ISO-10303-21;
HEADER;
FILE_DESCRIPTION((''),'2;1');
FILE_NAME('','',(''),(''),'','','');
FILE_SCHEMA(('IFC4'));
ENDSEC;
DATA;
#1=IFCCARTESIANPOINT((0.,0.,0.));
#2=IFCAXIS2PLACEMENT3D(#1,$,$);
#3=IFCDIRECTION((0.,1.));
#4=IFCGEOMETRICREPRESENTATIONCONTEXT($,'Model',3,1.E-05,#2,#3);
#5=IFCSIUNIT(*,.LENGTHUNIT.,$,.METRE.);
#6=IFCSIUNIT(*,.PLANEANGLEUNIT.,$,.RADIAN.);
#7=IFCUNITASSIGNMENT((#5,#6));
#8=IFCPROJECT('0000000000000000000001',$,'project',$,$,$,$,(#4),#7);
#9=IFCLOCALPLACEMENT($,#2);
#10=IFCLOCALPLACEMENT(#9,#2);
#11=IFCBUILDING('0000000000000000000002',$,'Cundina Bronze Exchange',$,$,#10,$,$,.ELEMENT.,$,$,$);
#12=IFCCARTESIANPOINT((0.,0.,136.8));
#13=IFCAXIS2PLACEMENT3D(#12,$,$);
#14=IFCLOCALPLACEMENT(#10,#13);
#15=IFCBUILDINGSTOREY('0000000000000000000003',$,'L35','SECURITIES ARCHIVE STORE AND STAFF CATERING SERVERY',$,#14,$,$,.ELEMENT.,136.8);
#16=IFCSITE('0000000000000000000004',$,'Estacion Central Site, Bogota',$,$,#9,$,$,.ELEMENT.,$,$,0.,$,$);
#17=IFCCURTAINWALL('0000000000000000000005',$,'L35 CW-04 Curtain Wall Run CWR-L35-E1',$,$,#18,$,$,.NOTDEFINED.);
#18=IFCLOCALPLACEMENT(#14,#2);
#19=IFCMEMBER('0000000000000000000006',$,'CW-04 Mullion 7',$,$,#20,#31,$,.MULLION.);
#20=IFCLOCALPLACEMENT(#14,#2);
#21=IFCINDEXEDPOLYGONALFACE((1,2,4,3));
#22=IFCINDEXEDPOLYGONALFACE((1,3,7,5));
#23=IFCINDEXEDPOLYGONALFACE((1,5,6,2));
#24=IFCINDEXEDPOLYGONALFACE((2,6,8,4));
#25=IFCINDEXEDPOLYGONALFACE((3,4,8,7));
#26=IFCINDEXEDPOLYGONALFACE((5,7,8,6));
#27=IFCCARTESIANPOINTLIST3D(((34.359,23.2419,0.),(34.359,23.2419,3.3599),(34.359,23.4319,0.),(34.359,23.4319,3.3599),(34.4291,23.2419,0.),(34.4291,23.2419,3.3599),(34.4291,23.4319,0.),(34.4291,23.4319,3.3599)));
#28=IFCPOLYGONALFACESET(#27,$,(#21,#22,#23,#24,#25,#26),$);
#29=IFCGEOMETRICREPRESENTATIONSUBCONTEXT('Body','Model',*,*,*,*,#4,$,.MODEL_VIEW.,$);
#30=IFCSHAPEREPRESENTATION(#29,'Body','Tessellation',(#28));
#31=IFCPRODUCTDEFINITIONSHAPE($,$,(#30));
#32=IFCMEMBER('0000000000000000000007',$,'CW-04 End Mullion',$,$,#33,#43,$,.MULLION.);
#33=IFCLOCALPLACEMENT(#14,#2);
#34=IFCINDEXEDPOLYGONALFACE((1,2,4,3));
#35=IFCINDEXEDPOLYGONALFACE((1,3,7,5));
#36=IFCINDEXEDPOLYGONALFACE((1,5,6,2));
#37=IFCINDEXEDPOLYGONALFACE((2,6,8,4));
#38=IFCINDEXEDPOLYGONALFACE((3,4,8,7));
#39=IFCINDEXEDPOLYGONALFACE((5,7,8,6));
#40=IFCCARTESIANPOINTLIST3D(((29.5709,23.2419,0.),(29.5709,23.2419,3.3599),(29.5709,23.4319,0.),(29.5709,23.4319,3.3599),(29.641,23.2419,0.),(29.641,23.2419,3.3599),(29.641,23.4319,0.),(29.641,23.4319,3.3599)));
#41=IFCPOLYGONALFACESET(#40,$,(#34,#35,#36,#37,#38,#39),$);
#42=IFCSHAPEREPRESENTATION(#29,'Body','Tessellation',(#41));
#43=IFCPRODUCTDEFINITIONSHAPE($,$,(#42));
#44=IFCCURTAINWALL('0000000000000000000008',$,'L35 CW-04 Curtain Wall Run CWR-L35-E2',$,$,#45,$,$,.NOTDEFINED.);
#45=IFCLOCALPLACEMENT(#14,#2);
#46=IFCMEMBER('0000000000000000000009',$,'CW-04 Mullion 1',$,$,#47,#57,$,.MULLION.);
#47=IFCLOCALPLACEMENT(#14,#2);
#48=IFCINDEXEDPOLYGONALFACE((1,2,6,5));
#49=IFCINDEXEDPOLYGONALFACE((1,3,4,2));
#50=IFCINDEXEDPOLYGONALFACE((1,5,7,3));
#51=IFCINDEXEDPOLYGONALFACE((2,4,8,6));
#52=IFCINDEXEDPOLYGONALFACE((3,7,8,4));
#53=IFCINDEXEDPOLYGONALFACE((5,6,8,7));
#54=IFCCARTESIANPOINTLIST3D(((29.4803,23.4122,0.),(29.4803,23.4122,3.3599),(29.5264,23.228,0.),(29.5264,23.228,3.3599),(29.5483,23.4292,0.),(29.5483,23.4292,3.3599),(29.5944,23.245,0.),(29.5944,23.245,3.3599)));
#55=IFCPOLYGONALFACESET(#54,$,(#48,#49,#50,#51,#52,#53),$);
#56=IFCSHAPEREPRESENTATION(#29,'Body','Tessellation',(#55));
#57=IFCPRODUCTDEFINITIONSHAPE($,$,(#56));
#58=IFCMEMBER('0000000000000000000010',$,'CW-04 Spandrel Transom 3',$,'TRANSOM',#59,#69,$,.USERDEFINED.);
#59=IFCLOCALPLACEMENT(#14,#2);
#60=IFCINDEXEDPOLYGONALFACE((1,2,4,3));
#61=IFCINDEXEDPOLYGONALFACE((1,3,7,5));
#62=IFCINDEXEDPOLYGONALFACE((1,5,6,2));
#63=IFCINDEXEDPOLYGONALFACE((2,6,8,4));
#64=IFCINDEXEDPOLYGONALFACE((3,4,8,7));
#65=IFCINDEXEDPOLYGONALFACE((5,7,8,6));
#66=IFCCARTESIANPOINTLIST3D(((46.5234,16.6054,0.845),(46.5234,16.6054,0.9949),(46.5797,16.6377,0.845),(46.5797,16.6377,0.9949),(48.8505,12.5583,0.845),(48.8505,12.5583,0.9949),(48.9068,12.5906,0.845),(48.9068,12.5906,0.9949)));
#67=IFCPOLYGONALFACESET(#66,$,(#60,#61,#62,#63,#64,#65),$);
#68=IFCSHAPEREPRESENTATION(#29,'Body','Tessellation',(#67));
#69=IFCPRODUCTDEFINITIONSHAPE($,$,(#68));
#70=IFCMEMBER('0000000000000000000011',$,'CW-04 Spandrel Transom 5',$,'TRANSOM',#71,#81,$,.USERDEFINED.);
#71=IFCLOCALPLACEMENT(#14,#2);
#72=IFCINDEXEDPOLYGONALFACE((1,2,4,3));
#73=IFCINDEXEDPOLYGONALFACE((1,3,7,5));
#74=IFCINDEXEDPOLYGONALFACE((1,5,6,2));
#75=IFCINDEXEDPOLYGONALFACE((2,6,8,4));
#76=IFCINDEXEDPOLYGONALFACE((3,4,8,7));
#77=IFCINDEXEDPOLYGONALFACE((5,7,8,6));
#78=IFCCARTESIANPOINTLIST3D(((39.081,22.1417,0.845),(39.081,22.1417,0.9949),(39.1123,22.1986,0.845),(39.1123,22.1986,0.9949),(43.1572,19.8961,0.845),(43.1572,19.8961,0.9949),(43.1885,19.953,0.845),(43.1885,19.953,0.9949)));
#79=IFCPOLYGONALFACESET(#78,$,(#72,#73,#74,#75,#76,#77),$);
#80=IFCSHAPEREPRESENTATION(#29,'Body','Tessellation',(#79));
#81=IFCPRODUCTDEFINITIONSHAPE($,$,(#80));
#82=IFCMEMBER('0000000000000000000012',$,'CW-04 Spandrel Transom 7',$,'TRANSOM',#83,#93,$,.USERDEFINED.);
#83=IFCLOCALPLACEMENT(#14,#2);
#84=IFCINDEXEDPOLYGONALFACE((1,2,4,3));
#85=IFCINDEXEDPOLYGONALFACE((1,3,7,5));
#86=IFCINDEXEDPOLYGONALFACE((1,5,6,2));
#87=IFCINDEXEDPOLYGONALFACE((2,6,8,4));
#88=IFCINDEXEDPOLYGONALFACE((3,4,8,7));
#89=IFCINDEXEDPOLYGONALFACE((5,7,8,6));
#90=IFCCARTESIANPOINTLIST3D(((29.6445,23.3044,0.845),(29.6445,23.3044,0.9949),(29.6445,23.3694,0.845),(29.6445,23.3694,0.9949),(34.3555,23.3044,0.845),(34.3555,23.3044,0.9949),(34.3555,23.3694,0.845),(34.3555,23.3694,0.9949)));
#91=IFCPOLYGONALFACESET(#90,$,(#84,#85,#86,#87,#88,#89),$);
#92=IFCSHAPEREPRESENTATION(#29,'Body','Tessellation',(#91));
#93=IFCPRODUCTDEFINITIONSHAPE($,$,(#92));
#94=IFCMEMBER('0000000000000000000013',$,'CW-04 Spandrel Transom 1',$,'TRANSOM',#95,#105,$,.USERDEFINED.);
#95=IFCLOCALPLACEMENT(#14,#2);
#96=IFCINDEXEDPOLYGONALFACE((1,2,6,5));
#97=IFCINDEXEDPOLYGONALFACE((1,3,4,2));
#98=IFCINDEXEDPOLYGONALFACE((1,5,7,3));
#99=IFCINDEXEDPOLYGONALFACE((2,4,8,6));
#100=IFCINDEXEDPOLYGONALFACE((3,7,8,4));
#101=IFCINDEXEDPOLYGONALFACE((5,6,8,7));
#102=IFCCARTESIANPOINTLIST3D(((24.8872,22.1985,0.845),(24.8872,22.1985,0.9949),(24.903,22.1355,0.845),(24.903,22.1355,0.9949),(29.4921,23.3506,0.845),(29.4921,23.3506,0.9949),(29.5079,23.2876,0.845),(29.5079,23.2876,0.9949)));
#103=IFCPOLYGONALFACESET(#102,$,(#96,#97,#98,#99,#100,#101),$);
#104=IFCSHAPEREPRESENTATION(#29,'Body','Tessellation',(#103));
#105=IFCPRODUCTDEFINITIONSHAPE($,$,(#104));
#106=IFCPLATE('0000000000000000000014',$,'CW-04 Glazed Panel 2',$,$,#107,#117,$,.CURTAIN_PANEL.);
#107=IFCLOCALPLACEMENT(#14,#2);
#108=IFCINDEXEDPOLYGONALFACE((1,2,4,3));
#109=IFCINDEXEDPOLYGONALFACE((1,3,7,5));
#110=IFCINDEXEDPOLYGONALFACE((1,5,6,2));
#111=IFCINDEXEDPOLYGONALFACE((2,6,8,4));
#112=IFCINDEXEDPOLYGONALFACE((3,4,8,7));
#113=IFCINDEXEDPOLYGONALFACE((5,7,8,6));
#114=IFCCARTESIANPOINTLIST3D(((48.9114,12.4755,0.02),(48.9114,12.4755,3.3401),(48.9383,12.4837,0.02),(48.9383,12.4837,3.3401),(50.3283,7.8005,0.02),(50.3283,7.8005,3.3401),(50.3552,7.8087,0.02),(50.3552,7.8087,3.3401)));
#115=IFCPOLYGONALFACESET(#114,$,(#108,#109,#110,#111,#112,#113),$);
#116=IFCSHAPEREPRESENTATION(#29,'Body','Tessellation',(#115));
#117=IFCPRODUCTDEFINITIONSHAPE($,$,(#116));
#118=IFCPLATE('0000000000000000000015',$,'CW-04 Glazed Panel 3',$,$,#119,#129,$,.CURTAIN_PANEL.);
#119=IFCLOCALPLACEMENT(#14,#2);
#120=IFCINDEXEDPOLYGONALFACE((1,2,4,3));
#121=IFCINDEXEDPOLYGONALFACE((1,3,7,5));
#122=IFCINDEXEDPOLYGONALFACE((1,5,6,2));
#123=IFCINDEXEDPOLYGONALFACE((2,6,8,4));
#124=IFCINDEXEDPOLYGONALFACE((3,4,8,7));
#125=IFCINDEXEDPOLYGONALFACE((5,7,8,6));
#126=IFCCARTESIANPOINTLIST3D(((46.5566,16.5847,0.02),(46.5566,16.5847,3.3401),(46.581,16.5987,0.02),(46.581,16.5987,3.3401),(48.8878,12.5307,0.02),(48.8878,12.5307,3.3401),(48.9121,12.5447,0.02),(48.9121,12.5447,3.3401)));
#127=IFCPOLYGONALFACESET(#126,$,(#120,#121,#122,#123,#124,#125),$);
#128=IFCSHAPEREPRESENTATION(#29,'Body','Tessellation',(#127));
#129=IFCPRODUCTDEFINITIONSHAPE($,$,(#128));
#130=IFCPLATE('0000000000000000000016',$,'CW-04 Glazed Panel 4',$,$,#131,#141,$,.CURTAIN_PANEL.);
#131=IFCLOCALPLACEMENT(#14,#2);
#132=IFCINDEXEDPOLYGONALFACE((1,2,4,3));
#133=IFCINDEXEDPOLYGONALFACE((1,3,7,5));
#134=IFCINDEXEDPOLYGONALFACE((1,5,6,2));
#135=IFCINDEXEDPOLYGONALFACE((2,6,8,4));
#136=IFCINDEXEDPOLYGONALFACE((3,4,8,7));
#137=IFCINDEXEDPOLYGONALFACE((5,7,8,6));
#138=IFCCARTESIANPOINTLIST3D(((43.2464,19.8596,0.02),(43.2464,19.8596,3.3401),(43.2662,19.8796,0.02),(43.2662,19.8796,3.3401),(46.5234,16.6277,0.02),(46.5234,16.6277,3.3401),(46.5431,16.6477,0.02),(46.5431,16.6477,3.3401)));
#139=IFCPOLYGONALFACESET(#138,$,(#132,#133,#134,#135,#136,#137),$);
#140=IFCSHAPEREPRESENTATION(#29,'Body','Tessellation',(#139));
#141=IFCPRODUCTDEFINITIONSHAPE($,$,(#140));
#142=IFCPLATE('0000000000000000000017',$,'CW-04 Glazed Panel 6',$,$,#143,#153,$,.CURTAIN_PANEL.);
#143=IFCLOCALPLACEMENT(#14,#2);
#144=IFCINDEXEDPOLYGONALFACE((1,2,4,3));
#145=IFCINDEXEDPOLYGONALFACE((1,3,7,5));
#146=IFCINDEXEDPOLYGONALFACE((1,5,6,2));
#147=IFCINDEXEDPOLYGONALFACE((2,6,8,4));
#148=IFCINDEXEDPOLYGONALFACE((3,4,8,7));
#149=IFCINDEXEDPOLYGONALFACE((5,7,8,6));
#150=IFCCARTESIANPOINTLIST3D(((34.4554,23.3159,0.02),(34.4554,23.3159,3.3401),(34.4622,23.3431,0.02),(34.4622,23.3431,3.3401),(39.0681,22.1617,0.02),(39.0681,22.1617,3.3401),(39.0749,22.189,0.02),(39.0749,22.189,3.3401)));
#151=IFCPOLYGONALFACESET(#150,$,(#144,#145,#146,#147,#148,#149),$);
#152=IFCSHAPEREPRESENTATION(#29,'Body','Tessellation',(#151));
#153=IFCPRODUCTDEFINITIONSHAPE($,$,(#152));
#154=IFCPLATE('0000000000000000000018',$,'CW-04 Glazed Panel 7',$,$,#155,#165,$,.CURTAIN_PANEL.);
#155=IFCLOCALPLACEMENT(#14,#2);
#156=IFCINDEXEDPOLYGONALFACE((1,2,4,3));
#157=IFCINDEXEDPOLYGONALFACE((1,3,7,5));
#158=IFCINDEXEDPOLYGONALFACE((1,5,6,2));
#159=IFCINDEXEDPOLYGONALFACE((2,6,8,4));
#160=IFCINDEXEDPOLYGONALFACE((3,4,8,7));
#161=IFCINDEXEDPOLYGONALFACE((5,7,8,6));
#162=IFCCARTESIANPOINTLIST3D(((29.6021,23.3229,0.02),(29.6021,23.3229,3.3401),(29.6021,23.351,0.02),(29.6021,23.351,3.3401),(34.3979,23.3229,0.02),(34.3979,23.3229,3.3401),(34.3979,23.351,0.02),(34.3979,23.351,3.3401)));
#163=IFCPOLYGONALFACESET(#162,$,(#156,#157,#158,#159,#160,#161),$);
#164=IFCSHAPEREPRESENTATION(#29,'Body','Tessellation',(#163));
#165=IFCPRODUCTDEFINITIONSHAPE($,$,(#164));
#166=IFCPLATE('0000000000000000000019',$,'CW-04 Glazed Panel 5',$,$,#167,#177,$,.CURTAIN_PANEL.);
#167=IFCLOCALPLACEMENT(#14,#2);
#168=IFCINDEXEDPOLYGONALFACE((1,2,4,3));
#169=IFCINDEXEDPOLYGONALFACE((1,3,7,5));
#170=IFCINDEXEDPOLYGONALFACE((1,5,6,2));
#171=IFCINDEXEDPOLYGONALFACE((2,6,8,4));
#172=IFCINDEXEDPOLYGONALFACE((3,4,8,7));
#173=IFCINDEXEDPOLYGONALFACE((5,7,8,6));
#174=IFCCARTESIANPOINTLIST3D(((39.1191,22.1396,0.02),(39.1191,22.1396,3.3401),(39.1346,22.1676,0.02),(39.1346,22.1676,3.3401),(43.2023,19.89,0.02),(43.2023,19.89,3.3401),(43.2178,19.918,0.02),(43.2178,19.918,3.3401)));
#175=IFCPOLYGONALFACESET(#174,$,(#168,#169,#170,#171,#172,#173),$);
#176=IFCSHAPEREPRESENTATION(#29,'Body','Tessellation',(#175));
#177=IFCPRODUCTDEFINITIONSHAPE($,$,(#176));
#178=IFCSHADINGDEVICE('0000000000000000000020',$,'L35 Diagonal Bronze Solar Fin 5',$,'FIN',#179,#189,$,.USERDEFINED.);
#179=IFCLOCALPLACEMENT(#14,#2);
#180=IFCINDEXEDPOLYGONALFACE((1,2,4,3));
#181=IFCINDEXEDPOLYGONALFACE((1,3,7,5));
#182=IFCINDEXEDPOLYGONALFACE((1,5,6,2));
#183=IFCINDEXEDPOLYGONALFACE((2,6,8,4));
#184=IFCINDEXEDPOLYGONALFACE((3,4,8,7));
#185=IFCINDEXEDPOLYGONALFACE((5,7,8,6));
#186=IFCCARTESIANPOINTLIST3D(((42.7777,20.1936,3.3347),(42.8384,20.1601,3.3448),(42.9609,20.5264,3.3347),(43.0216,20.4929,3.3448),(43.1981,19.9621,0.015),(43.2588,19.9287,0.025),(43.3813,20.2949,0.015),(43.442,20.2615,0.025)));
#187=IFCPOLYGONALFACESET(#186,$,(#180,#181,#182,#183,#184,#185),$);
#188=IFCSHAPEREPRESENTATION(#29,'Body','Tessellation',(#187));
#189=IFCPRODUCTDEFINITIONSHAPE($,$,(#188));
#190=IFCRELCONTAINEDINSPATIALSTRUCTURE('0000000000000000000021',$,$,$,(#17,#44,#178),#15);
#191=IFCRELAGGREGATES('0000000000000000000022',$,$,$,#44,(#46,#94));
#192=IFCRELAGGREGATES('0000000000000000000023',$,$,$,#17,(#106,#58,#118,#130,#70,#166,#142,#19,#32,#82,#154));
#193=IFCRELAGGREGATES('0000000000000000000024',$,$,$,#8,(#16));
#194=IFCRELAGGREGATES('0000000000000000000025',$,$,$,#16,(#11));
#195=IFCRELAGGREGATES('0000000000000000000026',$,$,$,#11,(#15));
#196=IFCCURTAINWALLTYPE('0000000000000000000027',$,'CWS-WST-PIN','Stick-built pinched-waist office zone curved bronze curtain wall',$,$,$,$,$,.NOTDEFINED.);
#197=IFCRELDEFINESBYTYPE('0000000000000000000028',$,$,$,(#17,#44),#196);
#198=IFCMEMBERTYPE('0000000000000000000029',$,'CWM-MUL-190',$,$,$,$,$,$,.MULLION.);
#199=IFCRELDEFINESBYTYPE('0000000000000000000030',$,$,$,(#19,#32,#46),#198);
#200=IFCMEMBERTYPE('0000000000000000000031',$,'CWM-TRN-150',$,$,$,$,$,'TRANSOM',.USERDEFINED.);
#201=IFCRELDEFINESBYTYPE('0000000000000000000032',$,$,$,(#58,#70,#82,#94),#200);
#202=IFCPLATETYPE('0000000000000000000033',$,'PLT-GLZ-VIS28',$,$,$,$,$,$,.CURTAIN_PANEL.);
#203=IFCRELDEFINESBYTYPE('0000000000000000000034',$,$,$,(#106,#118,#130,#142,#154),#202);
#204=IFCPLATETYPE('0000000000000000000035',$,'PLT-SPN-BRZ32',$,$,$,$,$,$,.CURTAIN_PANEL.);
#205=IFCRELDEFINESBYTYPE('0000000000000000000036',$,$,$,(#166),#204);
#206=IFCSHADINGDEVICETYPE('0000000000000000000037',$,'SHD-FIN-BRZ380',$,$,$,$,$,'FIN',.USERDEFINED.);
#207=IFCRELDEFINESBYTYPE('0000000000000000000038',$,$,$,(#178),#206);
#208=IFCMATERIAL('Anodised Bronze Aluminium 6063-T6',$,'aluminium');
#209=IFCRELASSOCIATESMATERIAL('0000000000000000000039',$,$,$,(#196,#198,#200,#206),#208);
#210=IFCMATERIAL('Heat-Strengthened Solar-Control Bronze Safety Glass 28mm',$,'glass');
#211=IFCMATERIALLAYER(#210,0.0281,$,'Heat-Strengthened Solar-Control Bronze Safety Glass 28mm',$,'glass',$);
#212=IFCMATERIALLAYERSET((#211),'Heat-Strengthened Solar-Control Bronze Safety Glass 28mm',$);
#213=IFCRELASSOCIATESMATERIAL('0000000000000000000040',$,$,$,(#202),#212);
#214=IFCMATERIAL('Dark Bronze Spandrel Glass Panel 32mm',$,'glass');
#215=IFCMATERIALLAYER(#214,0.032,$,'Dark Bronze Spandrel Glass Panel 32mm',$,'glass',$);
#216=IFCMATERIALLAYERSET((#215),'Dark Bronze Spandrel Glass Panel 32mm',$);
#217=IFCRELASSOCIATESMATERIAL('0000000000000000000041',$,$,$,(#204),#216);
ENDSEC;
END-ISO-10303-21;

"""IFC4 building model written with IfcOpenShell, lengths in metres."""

from ifc_helpers import new_model, si_unit, direction, frame, origin, origin_2d, place, context, subcontext, project, spatial, rectangle, extrude, material, layer, layer_set, material_profile, profile_set, type_object, element, aggregate, save


model = new_model("IFC4")

# Units and contexts
model_context = context("Model", 3, precision=1e-05, world=origin(), true_north=direction((0.0, 1.0)))
body_context = subcontext(model_context, "Body", "Model", "MODEL_VIEW")
ifc_project = project(units=[si_unit("LENGTHUNIT", "METRE"), si_unit("PLANEANGLEUNIT", "RADIAN")], contexts=[model_context])

# Site, building, storey
site_placement = place(None, origin())
site = spatial("IfcSite", under=ifc_project, at=site_placement, Name="Estacion Central Site, Bogota", CompositionType="ELEMENT", RefElevation=0.0)
building_placement = place(site_placement, origin())
building = spatial("IfcBuilding", under=site, at=building_placement, Name="Cundina Bronze Exchange", CompositionType="ELEMENT")
storey_placement = place(building_placement, frame((0.0, 0.0, 136.8)))
storey = spatial("IfcBuildingStorey", under=building, at=storey_placement, Name="L35", Description="SECURITIES ARCHIVE STORE AND STAFF CATERING SERVERY", CompositionType="ELEMENT", Elevation=136.8)

# Curtain wall, members
ifc_material_1 = material(Name="Anodised Bronze Aluminium 6063-T6", Category="aluminium")
curtain_wall_type = type_object("IfcCurtainWallType", Name="CWS-WST-PIN", Description="Stick-built pinched-waist office zone curved bronze curtain wall", PredefinedType="NOTDEFINED", material=ifc_material_1)
curtain_wall_1_placement = place(storey_placement, origin())
curtain_wall_1 = element("IfcCurtainWall", 1, at=curtain_wall_1_placement, inside=storey, type_object=curtain_wall_type, Name="L35 CW-04 Curtain Wall Run CWR-L35-E1", PredefinedType="NOTDEFINED")
ifc_material_profile_1 = material_profile(ifc_material_1, rectangle(XDim=0.0701, YDim=0.1899, at=origin_2d()), Name="AL70X190", Category="aluminium")
ifc_profile_set_1 = profile_set([ifc_material_profile_1], Name="Anodised Bronze Aluminium 6063-T6")
member_type_1 = type_object("IfcMemberType", Name="CWM-MUL-190", PredefinedType="MULLION", material=ifc_profile_set_1)
member_1_placement = place(storey_placement, frame((34.394, 23.3369, 0.0), z_axis=(0.0, 0.0, 1.0), x_axis=(-1.0, 0.0, 0.0)))
member_1 = element("IfcMember", 2, at=member_1_placement, type_object=member_type_1, Name="CW-04 Mullion 7", PredefinedType="MULLION", context=body_context, shape_type="SweptSolid", body=[
    extrude(rectangle(XDim=0.0701, YDim=0.1899, at=origin_2d()), origin(), (0.0, 0.0, 1.0), 3.3599),
])
member_2_placement = place(storey_placement, frame((29.606, 23.3369, 0.0), z_axis=(0.0, 0.0, 1.0), x_axis=(-1.0, 0.0, 0.0)))
member_2 = element("IfcMember", 3, at=member_2_placement, type_object=member_type_1, Name="CW-04 End Mullion", PredefinedType="MULLION", context=body_context, shape_type="SweptSolid", body=[
    extrude(rectangle(XDim=0.0701, YDim=0.1899, at=origin_2d()), origin(), (0.0, 0.0, 1.0), 3.3599),
])

# Curtain wall, member
curtain_wall_2_placement = place(storey_placement, origin())
curtain_wall_2 = element("IfcCurtainWall", 4, at=curtain_wall_2_placement, inside=storey, type_object=curtain_wall_type, Name="L35 CW-04 Curtain Wall Run CWR-L35-E2", PredefinedType="NOTDEFINED")
member_3_placement = place(storey_placement, frame((29.5374, 23.3286, 0.0), z_axis=(0.0, 0.0, 1.0), x_axis=(-0.970084, -0.242769, 0.0)))
member_3 = element("IfcMember", 5, at=member_3_placement, type_object=member_type_1, Name="CW-04 Mullion 1", PredefinedType="MULLION", context=body_context, shape_type="SweptSolid", body=[
    extrude(rectangle(XDim=0.0701, YDim=0.1899, at=origin_2d()), origin(), (0.0, 0.0, 1.0), 3.3599),
])

# Members
ifc_material_profile_2 = material_profile(ifc_material_1, rectangle(XDim=0.0649, YDim=0.1499, at=origin_2d()), Name="AL65X150", Category="aluminium")
ifc_profile_set_2 = profile_set([ifc_material_profile_2], Name="Anodised Bronze Aluminium 6063-T6")
member_type_2 = type_object("IfcMemberType", Name="CWM-TRN-150", ElementType="TRANSOM", PredefinedType="USERDEFINED", material=ifc_profile_set_2)
member_4_placement = place(storey_placement, frame((48.8787, 12.5745, 0.9199), z_axis=(-0.49848, 0.866901, 0.0), x_axis=(-0.866901, -0.49848, 0.0)))
member_4 = element("IfcMember", 6, at=member_4_placement, type_object=member_type_2, Name="CW-04 Spandrel Transom 3", ObjectType="TRANSOM", PredefinedType="USERDEFINED", context=body_context, shape_type="SweptSolid", body=[
    extrude(rectangle(XDim=0.0649, YDim=0.1499, at=origin_2d()), origin(), (0.0, 0.0, 1.0), 4.6685),
])
member_5_placement = place(storey_placement, frame((43.1729, 19.9246, 0.9199), z_axis=(-0.875879, 0.482531, 0.0), x_axis=(-0.482531, -0.875879, 0.0)))
member_5 = element("IfcMember", 7, at=member_5_placement, type_object=member_type_2, Name="CW-04 Spandrel Transom 5", ObjectType="TRANSOM", PredefinedType="USERDEFINED", context=body_context, shape_type="SweptSolid", body=[
    extrude(rectangle(XDim=0.0649, YDim=0.1499, at=origin_2d()), origin(), (0.0, 0.0, 1.0), 4.6538),
])
member_6_placement = place(storey_placement, frame((34.3555, 23.3369, 0.9199), z_axis=(-1.0, 0.0, 0.0), x_axis=(0.0, -1.0, 0.0)))
member_6 = element("IfcMember", 8, at=member_6_placement, type_object=member_type_2, Name="CW-04 Spandrel Transom 7", ObjectType="TRANSOM", PredefinedType="USERDEFINED", context=body_context, shape_type="SweptSolid", body=[
    extrude(rectangle(XDim=0.0649, YDim=0.1499, at=origin_2d()), origin(), (0.0, 0.0, 1.0), 4.7109),
])
member_7_placement = place(storey_placement, frame((29.5, 23.3191, 0.9199), z_axis=(-0.9701, -0.242705, 0.0), x_axis=(0.242705, -0.9701, 0.0)))
member_7 = element("IfcMember", 9, at=member_7_placement, type_object=member_type_2, Name="CW-04 Spandrel Transom 1", ObjectType="TRANSOM", PredefinedType="USERDEFINED", context=body_context, shape_type="SweptSolid", body=[
    extrude(rectangle(XDim=0.0649, YDim=0.1499, at=origin_2d()), origin(), (0.0, 0.0, 1.0), 4.7468),
])
aggregate(curtain_wall_2, [member_3, member_7])

# Plates
ifc_material_2 = material(Name="Heat-Strengthened Solar-Control Bronze Safety Glass 28mm", Category="glass")
ifc_layer_1 = layer(ifc_material_2, 0.0281, Name="Heat-Strengthened Solar-Control Bronze Safety Glass 28mm", Category="glass")
ifc_layer_set_1 = layer_set([ifc_layer_1], Name="Heat-Strengthened Solar-Control Bronze Safety Glass 28mm")
plate_type_1 = type_object("IfcPlateType", Name="PLT-GLZ-VIS28", PredefinedType="CURTAIN_PANEL", material=ifc_layer_set_1)
plate_1_placement = place(storey_placement, frame((49.6333, 10.1421, 0.02), z_axis=(0.0, 0.0, 1.0), x_axis=(-0.290051, 0.957011, 0.0)))
plate_1 = element("IfcPlate", 10, at=plate_1_placement, type_object=plate_type_1, Name="CW-04 Glazed Panel 2", PredefinedType="CURTAIN_PANEL", context=body_context, shape_type="SweptSolid", body=[
    extrude(rectangle(XDim=4.885, YDim=0.0281, at=origin_2d()), origin(), (0.0, 0.0, 1.0), 3.3201),
])
plate_2_placement = place(storey_placement, frame((47.7344, 14.5647, 0.02), z_axis=(0.0, 0.0, 1.0), x_axis=(-0.498488, 0.866897, 0.0)))
plate_2 = element("IfcPlate", 11, at=plate_2_placement, type_object=plate_type_1, Name="CW-04 Glazed Panel 3", PredefinedType="CURTAIN_PANEL", context=body_context, shape_type="SweptSolid", body=[
    extrude(rectangle(XDim=4.6765, YDim=0.0281, at=origin_2d()), origin(), (0.0, 0.0, 1.0), 3.3201),
])
plate_3_placement = place(storey_placement, frame((44.8948, 18.2537, 0.02), z_axis=(0.0, 0.0, 1.0), x_axis=(-0.711989, 0.70219, 0.0)))
plate_3 = element("IfcPlate", 12, at=plate_3_placement, type_object=plate_type_1, Name="CW-04 Glazed Panel 4", PredefinedType="CURTAIN_PANEL", context=body_context, shape_type="SweptSolid", body=[
    extrude(rectangle(XDim=4.6025, YDim=0.0281, at=origin_2d()), origin(), (0.0, 0.0, 1.0), 3.3201),
])
plate_4_placement = place(storey_placement, frame((36.7651, 22.7524, 0.02), z_axis=(0.0, 0.0, 1.0), x_axis=(-0.970093, 0.242735, 0.0)))
plate_4 = element("IfcPlate", 13, at=plate_4_placement, type_object=plate_type_1, Name="CW-04 Glazed Panel 6", PredefinedType="CURTAIN_PANEL", context=body_context, shape_type="SweptSolid", body=[
    extrude(rectangle(XDim=4.7549, YDim=0.0281, at=origin_2d()), origin(), (0.0, 0.0, 1.0), 3.3201),
])
plate_5_placement = place(storey_placement, frame((32.0, 23.3369, 0.02), z_axis=(0.0, 0.0, 1.0), x_axis=(-1.0, 0.0, 0.0)))
plate_5 = element("IfcPlate", 14, at=plate_5_placement, type_object=plate_type_1, Name="CW-04 Glazed Panel 7", PredefinedType="CURTAIN_PANEL", context=body_context, shape_type="SweptSolid", body=[
    extrude(rectangle(XDim=4.7959, YDim=0.0281, at=origin_2d()), origin(), (0.0, 0.0, 1.0), 3.3201),
])
ifc_material_3 = material(Name="Dark Bronze Spandrel Glass Panel 32mm", Category="glass")
ifc_layer_2 = layer(ifc_material_3, 0.032, Name="Dark Bronze Spandrel Glass Panel 32mm", Category="glass")
ifc_layer_set_2 = layer_set([ifc_layer_2], Name="Dark Bronze Spandrel Glass Panel 32mm")
plate_type_2 = type_object("IfcPlateType", Name="PLT-SPN-BRZ32", PredefinedType="CURTAIN_PANEL", material=ifc_layer_set_2)
plate_6_placement = place(storey_placement, frame((41.1685, 21.0288, 0.02), z_axis=(0.0, 0.0, 1.0), x_axis=(-0.875869, 0.482549, 0.0)))
plate_6 = element("IfcPlate", 15, at=plate_6_placement, type_object=plate_type_2, Name="CW-04 Glazed Panel 5", PredefinedType="CURTAIN_PANEL", context=body_context, shape_type="SweptSolid", body=[
    extrude(rectangle(XDim=4.6619, YDim=0.032, at=origin_2d()), origin(), (0.0, 0.0, 1.0), 3.3201),
])
aggregate(curtain_wall_1, [plate_1, member_4, plate_2, plate_3, member_5, plate_6, plate_4, member_1, member_2, member_6, plate_5])

# Shading device
ifc_material_profile_3 = material_profile(ifc_material_1, rectangle(XDim=0.0701, YDim=0.3799, at=origin_2d()), Name="FIN70X380", Category="aluminium")
ifc_profile_set_3 = profile_set([ifc_material_profile_3], Name="Anodised Bronze Aluminium 6063-T6")
shading_device_type = type_object("IfcShadingDeviceType", Name="SHD-FIN-BRZ380", ElementType="FIN", PredefinedType="USERDEFINED", material=ifc_profile_set_3)
for number, where, z_axis, x_axis, name in (
    (16, (43.3201, 20.1118, 0.02), (-0.125333, 0.068999, 0.989712), (0.86701, -0.477309, 0.143071), "L35 Diagonal Bronze Solar Fin 5"),
):
    element("IfcShadingDevice", number, at=place(storey_placement, frame(where, z_axis=z_axis, x_axis=x_axis)), inside=storey, type_object=shading_device_type, Name=name, ObjectType="FIN", PredefinedType="USERDEFINED", context=body_context, shape_type="SweptSolid", body=[
        extrude(rectangle(XDim=0.0701, YDim=0.3799, at=origin_2d()), origin(), (0.0, 0.0, 1.0), 3.3542),
    ])

save(model, "model.ifc")
